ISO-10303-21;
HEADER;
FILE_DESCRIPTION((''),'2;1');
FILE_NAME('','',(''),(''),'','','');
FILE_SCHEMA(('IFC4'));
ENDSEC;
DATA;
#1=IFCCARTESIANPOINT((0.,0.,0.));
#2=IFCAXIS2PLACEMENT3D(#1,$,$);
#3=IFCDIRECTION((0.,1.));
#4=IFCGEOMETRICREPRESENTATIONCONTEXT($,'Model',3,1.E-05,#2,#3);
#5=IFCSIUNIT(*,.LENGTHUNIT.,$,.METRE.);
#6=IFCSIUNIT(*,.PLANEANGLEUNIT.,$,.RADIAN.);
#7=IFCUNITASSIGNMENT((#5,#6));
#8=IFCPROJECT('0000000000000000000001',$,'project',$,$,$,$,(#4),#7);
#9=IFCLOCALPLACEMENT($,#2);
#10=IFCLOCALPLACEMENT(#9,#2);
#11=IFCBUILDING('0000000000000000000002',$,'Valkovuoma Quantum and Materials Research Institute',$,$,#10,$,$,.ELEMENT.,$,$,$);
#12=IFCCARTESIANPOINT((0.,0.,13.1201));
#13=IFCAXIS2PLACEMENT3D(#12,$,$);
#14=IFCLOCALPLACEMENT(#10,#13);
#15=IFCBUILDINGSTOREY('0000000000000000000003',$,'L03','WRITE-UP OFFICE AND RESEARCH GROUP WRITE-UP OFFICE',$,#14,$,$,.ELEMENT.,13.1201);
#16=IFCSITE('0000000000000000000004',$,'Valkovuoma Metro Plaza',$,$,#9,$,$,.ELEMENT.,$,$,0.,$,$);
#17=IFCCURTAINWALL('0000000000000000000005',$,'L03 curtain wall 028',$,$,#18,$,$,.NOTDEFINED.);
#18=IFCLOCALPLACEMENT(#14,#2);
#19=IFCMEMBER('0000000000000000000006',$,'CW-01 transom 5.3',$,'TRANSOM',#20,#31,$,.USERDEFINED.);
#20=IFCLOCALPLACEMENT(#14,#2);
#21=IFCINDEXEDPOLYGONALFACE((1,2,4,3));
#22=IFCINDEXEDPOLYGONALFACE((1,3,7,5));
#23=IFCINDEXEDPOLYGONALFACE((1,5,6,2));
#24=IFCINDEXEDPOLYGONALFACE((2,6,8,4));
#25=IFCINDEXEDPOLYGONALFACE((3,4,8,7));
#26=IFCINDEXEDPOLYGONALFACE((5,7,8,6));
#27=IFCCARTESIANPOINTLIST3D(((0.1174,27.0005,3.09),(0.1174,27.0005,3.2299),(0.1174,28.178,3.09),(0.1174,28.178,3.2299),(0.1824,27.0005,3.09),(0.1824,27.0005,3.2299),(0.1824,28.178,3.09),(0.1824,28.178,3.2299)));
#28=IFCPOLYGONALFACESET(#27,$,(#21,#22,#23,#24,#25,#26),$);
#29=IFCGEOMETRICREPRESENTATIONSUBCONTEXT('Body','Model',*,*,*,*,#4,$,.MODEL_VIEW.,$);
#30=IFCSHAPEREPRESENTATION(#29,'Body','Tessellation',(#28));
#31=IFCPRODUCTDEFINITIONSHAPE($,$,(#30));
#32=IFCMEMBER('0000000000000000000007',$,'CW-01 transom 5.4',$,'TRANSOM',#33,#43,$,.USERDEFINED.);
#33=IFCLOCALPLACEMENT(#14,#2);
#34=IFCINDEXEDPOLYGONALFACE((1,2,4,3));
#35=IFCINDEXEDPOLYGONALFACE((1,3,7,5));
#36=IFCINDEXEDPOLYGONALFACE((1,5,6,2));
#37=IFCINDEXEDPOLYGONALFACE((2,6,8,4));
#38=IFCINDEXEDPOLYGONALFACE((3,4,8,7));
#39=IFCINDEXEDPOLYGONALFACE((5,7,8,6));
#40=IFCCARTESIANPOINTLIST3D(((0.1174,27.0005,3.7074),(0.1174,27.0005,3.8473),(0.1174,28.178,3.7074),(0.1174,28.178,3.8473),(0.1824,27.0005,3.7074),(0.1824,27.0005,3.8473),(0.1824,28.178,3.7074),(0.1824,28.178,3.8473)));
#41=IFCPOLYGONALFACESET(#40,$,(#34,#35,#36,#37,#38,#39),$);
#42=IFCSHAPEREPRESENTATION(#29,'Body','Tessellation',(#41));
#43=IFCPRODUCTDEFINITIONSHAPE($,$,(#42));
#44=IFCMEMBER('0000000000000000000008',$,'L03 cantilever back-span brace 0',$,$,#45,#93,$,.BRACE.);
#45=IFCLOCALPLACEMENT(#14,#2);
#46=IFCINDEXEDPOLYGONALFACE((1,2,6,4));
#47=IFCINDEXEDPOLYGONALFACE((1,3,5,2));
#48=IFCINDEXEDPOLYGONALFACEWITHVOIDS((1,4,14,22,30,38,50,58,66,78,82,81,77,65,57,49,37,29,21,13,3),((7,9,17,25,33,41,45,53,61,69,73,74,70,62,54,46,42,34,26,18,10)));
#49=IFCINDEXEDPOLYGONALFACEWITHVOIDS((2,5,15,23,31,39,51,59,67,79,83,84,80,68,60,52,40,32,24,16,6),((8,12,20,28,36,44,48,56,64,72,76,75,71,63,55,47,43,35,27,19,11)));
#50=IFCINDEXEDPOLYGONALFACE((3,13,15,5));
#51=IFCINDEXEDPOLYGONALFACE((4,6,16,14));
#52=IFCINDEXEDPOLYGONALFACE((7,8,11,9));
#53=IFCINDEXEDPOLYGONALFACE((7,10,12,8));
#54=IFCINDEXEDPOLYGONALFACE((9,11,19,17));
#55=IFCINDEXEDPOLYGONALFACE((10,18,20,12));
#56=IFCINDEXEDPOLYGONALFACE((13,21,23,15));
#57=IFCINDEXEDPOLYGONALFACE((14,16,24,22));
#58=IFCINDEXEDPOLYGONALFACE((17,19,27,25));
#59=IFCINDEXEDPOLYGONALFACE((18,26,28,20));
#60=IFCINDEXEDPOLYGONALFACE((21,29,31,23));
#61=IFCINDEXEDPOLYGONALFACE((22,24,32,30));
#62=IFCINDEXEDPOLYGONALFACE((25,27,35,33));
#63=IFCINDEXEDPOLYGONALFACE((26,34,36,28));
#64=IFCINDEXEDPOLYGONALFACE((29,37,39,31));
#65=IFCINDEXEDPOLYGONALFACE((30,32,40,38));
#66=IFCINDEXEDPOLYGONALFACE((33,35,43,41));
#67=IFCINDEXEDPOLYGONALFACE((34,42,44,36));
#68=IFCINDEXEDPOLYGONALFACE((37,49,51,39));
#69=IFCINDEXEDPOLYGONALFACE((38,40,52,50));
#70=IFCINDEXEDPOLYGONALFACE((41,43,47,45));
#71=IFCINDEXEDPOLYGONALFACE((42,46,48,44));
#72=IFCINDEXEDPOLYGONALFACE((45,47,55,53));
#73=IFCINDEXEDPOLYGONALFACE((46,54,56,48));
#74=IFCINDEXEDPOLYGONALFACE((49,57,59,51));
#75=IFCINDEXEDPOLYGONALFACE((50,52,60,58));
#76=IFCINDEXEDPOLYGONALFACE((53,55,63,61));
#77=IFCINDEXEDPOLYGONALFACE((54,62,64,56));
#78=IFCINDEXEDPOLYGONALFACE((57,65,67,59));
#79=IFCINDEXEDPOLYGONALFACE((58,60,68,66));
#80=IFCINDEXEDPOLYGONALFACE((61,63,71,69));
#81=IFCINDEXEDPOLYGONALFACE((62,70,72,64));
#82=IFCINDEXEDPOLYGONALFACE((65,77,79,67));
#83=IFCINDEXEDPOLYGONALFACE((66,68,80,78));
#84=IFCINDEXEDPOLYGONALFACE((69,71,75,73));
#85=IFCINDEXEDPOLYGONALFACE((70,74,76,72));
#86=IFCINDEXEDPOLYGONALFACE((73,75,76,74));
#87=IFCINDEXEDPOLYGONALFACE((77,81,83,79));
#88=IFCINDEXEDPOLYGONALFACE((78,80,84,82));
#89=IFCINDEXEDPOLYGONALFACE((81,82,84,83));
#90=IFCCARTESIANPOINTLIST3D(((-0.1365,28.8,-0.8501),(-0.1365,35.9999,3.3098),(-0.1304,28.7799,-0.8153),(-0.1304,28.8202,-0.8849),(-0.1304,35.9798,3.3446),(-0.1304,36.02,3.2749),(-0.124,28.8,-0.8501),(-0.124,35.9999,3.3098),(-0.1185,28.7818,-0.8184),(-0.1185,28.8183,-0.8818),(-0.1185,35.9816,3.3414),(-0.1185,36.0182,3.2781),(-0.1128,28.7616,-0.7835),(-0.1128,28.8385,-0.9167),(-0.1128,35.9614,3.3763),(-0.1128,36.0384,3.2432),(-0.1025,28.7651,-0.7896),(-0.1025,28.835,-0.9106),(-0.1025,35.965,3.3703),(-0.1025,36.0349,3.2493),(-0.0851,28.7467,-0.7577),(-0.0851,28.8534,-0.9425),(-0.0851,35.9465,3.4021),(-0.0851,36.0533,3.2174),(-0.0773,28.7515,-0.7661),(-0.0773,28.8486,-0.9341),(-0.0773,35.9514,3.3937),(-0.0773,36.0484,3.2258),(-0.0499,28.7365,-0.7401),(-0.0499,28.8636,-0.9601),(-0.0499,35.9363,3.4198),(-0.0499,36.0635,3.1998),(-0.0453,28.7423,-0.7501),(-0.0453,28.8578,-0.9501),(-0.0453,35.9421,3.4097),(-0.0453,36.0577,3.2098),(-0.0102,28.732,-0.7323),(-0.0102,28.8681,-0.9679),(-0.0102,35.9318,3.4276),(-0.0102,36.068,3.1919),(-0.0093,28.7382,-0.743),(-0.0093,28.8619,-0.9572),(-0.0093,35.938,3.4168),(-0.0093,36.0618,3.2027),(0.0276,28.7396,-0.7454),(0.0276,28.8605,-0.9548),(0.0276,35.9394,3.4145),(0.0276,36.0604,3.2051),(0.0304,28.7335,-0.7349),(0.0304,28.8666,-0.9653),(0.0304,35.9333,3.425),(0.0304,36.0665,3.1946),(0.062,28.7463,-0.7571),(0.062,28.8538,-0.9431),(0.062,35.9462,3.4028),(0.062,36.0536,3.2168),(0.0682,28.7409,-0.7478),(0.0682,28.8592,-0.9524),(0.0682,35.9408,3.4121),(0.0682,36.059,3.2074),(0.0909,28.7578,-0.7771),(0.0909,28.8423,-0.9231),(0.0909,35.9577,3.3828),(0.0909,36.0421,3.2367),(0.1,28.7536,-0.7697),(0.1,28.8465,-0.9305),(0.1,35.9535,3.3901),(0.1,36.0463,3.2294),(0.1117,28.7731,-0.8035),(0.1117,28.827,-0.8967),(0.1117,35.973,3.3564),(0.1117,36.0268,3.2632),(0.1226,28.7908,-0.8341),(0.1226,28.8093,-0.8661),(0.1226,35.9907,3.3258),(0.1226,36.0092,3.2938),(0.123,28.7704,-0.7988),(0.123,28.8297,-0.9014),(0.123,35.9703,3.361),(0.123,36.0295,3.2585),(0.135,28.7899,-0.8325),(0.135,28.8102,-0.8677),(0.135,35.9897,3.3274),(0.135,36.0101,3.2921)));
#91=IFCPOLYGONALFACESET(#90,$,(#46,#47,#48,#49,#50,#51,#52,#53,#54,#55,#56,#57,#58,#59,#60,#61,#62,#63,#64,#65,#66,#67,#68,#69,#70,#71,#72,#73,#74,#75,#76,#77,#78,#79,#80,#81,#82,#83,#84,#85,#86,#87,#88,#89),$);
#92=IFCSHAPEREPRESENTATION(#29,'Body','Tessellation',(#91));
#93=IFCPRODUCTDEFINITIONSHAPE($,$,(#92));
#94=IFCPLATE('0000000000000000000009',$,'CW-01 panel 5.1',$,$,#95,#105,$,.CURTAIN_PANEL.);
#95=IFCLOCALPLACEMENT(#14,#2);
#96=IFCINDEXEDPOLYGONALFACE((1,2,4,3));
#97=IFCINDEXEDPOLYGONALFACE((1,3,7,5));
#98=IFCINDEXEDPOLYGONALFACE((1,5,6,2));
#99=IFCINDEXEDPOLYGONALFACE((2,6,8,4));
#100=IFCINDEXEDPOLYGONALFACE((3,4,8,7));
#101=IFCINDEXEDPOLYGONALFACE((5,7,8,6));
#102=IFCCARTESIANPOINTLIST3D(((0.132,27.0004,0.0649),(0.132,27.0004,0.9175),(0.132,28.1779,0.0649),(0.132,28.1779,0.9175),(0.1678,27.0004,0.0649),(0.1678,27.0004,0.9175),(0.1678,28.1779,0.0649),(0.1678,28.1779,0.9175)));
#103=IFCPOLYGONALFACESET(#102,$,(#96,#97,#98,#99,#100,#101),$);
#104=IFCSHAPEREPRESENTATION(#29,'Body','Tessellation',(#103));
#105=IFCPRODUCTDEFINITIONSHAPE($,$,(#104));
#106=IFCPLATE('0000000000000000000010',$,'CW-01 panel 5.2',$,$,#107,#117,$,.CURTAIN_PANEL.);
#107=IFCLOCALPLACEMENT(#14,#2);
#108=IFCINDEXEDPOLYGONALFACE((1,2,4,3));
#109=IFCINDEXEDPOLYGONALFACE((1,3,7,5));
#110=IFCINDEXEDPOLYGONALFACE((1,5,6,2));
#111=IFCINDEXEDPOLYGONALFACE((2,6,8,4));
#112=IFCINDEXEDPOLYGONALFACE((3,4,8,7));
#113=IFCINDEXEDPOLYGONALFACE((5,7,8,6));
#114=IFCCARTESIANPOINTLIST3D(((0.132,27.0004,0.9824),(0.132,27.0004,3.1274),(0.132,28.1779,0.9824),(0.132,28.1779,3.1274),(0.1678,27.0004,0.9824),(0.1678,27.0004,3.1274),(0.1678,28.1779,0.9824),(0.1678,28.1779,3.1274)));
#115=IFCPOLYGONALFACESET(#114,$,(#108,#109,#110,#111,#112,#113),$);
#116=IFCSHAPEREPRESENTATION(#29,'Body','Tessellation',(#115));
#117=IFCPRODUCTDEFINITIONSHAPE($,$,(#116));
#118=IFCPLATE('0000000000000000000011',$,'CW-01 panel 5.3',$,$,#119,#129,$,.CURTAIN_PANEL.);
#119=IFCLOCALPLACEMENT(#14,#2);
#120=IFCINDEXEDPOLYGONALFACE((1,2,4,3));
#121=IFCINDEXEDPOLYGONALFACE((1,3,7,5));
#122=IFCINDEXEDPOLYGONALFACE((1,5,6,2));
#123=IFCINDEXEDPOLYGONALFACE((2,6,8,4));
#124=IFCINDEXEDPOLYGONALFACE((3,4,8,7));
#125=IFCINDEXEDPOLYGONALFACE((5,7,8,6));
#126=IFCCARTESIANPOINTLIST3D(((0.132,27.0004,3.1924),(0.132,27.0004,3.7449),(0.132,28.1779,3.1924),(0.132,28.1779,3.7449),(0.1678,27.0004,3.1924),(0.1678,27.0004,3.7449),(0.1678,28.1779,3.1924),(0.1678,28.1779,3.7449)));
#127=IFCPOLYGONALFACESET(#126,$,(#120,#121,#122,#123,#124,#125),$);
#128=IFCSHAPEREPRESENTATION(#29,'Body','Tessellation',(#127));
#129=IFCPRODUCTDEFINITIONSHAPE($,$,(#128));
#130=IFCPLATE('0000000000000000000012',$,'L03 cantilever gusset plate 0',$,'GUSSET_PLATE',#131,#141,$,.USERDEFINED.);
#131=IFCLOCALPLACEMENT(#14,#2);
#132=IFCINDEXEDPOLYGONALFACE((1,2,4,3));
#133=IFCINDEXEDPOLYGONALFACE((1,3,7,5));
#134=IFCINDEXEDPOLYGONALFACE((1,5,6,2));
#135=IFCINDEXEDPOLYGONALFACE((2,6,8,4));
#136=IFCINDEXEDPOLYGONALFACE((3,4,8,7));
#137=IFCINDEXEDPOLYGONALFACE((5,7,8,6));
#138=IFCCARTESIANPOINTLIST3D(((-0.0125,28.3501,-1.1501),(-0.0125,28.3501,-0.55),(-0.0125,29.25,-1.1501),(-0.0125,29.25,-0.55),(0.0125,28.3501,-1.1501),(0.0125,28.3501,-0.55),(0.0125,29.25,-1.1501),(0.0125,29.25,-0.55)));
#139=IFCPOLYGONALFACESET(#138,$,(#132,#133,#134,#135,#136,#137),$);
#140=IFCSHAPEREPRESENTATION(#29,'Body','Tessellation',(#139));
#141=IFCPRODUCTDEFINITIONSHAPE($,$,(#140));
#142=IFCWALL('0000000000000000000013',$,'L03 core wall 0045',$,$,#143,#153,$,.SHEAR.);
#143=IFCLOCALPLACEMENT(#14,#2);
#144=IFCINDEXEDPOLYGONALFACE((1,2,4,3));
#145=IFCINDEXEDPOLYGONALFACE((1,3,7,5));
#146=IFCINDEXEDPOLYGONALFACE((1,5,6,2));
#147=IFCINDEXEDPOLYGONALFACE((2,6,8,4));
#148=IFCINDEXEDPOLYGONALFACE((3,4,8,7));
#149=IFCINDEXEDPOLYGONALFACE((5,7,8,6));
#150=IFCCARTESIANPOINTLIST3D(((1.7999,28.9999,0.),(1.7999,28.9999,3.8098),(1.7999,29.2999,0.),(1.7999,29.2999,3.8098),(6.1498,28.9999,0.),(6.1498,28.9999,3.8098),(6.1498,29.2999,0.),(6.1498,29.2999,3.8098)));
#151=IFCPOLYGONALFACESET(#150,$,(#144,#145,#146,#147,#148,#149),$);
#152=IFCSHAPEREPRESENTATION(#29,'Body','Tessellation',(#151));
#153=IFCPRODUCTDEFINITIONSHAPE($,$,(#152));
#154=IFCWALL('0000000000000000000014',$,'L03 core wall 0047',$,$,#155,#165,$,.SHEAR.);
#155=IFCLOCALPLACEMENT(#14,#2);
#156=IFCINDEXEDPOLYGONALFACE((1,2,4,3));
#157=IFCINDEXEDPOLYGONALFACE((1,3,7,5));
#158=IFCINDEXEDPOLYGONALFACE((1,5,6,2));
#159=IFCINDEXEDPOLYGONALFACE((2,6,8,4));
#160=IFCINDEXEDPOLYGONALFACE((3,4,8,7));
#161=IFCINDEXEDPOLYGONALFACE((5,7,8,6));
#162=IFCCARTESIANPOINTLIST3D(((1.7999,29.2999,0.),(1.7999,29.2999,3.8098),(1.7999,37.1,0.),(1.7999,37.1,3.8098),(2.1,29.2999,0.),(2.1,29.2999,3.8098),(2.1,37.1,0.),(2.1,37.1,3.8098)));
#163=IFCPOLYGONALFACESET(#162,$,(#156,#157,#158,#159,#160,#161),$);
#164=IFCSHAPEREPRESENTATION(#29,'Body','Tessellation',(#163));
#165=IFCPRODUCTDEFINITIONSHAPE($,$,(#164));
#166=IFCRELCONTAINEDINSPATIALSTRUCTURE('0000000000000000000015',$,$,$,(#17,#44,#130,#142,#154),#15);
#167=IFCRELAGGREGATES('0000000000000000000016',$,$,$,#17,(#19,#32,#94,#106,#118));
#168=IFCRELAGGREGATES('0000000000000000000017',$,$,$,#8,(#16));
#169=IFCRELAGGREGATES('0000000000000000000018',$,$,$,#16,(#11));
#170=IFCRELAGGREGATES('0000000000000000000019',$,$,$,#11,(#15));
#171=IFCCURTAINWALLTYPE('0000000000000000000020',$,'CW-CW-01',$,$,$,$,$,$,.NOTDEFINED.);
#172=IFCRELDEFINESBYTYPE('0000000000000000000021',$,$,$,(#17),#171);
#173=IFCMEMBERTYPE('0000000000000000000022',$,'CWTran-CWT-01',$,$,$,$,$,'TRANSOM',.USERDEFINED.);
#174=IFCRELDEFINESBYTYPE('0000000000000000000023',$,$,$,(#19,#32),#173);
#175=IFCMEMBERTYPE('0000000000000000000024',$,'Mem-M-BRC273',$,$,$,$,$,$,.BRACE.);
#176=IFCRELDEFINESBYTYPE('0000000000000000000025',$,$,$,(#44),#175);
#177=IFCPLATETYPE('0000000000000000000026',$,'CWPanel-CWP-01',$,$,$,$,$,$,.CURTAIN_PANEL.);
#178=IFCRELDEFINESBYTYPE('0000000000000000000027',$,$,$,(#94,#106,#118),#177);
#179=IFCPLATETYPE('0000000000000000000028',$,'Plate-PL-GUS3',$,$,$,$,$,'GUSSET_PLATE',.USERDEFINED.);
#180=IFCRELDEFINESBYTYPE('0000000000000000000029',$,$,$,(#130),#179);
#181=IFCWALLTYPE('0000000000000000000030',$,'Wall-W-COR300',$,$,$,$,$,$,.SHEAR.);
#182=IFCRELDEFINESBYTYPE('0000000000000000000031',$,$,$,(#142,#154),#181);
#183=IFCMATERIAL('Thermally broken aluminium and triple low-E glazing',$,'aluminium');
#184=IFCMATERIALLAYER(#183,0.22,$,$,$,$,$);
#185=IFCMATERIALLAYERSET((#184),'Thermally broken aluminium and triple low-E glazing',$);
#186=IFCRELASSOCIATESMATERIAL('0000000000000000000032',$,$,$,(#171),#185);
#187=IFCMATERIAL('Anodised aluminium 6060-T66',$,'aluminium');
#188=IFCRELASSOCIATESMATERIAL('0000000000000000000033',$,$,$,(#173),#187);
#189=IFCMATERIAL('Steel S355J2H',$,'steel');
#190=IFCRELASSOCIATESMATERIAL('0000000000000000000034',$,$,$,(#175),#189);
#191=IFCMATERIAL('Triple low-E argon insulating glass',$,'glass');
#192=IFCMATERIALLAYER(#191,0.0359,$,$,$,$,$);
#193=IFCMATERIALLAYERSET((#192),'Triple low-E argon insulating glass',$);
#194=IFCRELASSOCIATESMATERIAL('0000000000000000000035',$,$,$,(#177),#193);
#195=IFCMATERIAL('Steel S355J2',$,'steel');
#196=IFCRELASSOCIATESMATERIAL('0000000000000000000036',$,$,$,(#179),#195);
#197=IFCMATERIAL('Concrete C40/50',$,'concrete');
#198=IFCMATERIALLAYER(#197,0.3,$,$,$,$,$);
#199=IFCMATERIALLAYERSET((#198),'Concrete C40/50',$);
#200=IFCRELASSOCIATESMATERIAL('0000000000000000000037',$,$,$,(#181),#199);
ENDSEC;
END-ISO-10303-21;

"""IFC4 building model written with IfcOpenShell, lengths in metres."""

from ifc_helpers import new_model, si_unit, direction, frame, frame_2d, origin, origin_2d, place, context, subcontext, project, spatial, rectangle, hollow_circle, extrude, material, layer, layer_set, material_profile, profile_set, type_object, element, aggregate, save


model = new_model("IFC4")

# Units and contexts
model_context = context("Model", 3, precision=1e-05, world=origin(), true_north=direction((0.0, 1.0)))
body_context = subcontext(model_context, "Body", "Model", "MODEL_VIEW")
ifc_project = project(units=[si_unit("LENGTHUNIT", "METRE"), si_unit("PLANEANGLEUNIT", "RADIAN")], contexts=[model_context])

# Site, building, storey
site_placement = place(None, origin())
site = spatial("IfcSite", under=ifc_project, at=site_placement, Name="Valkovuoma Metro Plaza", CompositionType="ELEMENT", RefElevation=0.0)
building_placement = place(site_placement, origin())
building = spatial("IfcBuilding", under=site, at=building_placement, Name="Valkovuoma Quantum and Materials Research Institute", CompositionType="ELEMENT")
storey_placement = place(building_placement, frame((0.0, 0.0, 13.1201)))
storey = spatial("IfcBuildingStorey", under=building, at=storey_placement, Name="L03", Description="WRITE-UP OFFICE AND RESEARCH GROUP WRITE-UP OFFICE", CompositionType="ELEMENT", Elevation=13.1201)

# Curtain wall, members
ifc_material_1 = material(Name="Thermally broken aluminium and triple low-E glazing", Category="aluminium")
ifc_layer_1 = layer(ifc_material_1, 0.22)
ifc_layer_set_1 = layer_set([ifc_layer_1], Name="Thermally broken aluminium and triple low-E glazing")
curtain_wall_type = type_object("IfcCurtainWallType", Name="CW-CW-01", PredefinedType="NOTDEFINED", material=ifc_layer_set_1)
curtain_wall_placement = place(storey_placement, origin())
curtain_wall = element("IfcCurtainWall", 1, at=curtain_wall_placement, inside=storey, type_object=curtain_wall_type, Name="L03 curtain wall 028", PredefinedType="NOTDEFINED")
ifc_material_2 = material(Name="Anodised aluminium 6060-T66", Category="aluminium")
ifc_material_profile_1 = material_profile(ifc_material_2, rectangle(XDim=0.0649, YDim=0.1399, at=origin_2d()), Name="Anodised aluminium 6060-T66")
ifc_profile_set_1 = profile_set([ifc_material_profile_1], Name="Anodised aluminium 6060-T66")
member_type_1 = type_object("IfcMemberType", Name="CWTran-CWT-01", ElementType="TRANSOM", PredefinedType="USERDEFINED", material=ifc_profile_set_1)
member_1_placement = place(storey_placement, frame((0.1499, 27.0005, 3.1599), z_axis=(0.0, 1.0, 0.0), x_axis=(-1.0, 0.0, 0.0)))
member_1 = element("IfcMember", 2, at=member_1_placement, type_object=member_type_1, Name="CW-01 transom 5.3", ObjectType="TRANSOM", PredefinedType="USERDEFINED", context=body_context, shape_type="SweptSolid", body=[
    extrude(rectangle(XDim=0.0649, YDim=0.1399, at=origin_2d()), origin(), (0.0, 0.0, 1.0), 1.1775),
])
member_2_placement = place(storey_placement, frame((0.1499, 27.0005, 3.7773), z_axis=(0.0, 1.0, 0.0), x_axis=(-1.0, 0.0, 0.0)))
member_2 = element("IfcMember", 3, at=member_2_placement, type_object=member_type_1, Name="CW-01 transom 5.4", ObjectType="TRANSOM", PredefinedType="USERDEFINED", context=body_context, shape_type="SweptSolid", body=[
    extrude(rectangle(XDim=0.0649, YDim=0.1399, at=origin_2d()), origin(), (0.0, 0.0, 1.0), 1.1775),
])

# Member
ifc_material_3 = material(Name="Steel S355J2H", Category="steel")
ifc_material_profile_2 = material_profile(ifc_material_3, hollow_circle(Radius=0.1365, WallThickness=0.0125, at=origin_2d()), Name="Steel S355J2H")
ifc_profile_set_2 = profile_set([ifc_material_profile_2], Name="Steel S355J2H")
member_type_2 = type_object("IfcMemberType", Name="Mem-M-BRC273", PredefinedType="BRACE", material=ifc_profile_set_2)
member_3_placement = place(storey_placement, frame((0.0, 28.8, -0.8501), z_axis=(0.0, 0.865868, 0.500272), x_axis=(-1.0, 0.0, 0.0)))
element("IfcMember", 4, at=member_3_placement, inside=storey, type_object=member_type_2, Name="L03 cantilever back-span brace 0", PredefinedType="BRACE", context=body_context, shape_type="SweptSolid", body=[
    extrude(hollow_circle(Radius=0.1365, WallThickness=0.0125, at=origin_2d()), origin(), (0.0, 0.0, 1.0), 8.3152),
])

# Plates
ifc_material_4 = material(Name="Triple low-E argon insulating glass", Category="glass")
ifc_layer_2 = layer(ifc_material_4, 0.0359)
ifc_layer_set_2 = layer_set([ifc_layer_2], Name="Triple low-E argon insulating glass")
plate_type_1 = type_object("IfcPlateType", Name="CWPanel-CWP-01", PredefinedType="CURTAIN_PANEL", material=ifc_layer_set_2)
plate_1_placement = place(storey_placement, frame((0.1499, 27.5891, 0.0649), z_axis=(0.0, 0.0, 1.0), x_axis=(0.0, 1.0, 0.0)))
plate_1 = element("IfcPlate", 5, at=plate_1_placement, type_object=plate_type_1, Name="CW-01 panel 5.1", PredefinedType="CURTAIN_PANEL", context=body_context, shape_type="SweptSolid", body=[
    extrude(rectangle(XDim=1.1775, YDim=0.0359, at=origin_2d()), origin(), (0.0, 0.0, 1.0), 0.8525),
])
plate_2_placement = place(storey_placement, frame((0.1499, 27.5891, 0.9824), z_axis=(0.0, 0.0, 1.0), x_axis=(0.0, 1.0, 0.0)))
plate_2 = element("IfcPlate", 6, at=plate_2_placement, type_object=plate_type_1, Name="CW-01 panel 5.2", PredefinedType="CURTAIN_PANEL", context=body_context, shape_type="SweptSolid", body=[
    extrude(rectangle(XDim=1.1775, YDim=0.0359, at=origin_2d()), origin(), (0.0, 0.0, 1.0), 2.145),
])
plate_3_placement = place(storey_placement, frame((0.1499, 27.5891, 3.1924), z_axis=(0.0, 0.0, 1.0), x_axis=(0.0, 1.0, 0.0)))
plate_3 = element("IfcPlate", 7, at=plate_3_placement, type_object=plate_type_1, Name="CW-01 panel 5.3", PredefinedType="CURTAIN_PANEL", context=body_context, shape_type="SweptSolid", body=[
    extrude(rectangle(XDim=1.1775, YDim=0.0359, at=origin_2d()), origin(), (0.0, 0.0, 1.0), 0.5525),
])
aggregate(curtain_wall, [member_1, member_2, plate_1, plate_2, plate_3])
ifc_material_5 = material(Name="Steel S355J2", Category="steel")
plate_type_2 = type_object("IfcPlateType", Name="Plate-PL-GUS3", ElementType="GUSSET_PLATE", PredefinedType="USERDEFINED", material=ifc_material_5)
plate_4_placement = place(storey_placement, frame((0.0, 28.8, -1.1501), z_axis=(0.0, 0.0, 1.0), x_axis=(0.0, 1.0, 0.0)))
element("IfcPlate", 8, at=plate_4_placement, inside=storey, type_object=plate_type_2, Name="L03 cantilever gusset plate 0", ObjectType="GUSSET_PLATE", PredefinedType="USERDEFINED", context=body_context, shape_type="SweptSolid", body=[
    extrude(rectangle(XDim=0.8999, YDim=0.0249, at=origin_2d()), origin(), (0.0, 0.0, 1.0), 0.6001),
])

# Walls
ifc_material_6 = material(Name="Concrete C40/50", Category="concrete")
ifc_layer_3 = layer(ifc_material_6, 0.3)
ifc_layer_set_3 = layer_set([ifc_layer_3], Name="Concrete C40/50")
wall_type_1 = type_object("IfcWallType", Name="Wall-W-COR300", PredefinedType="SHEAR", material=ifc_layer_set_3)
wall_1_placement = place(storey_placement, frame((1.8, 29.1499, 0.0), z_axis=(0.0, 0.0, 1.0), x_axis=(1.0, 0.0, 0.0)))
element("IfcWall", 9, at=wall_1_placement, inside=storey, type_object=wall_type_1, Name="L03 core wall 0045", PredefinedType="SHEAR", context=body_context, shape_type="SweptSolid", body=[
    extrude(rectangle(XDim=4.3499, YDim=0.3, at=frame_2d((2.1748, 0.0))), origin(), (0.0, 0.0, 1.0), 3.8098),
])
wall_2_placement = place(storey_placement, frame((1.95, 29.3, 0.0), z_axis=(0.0, 0.0, 1.0), x_axis=(0.0, 1.0, 0.0)))
element("IfcWall", 10, at=wall_2_placement, inside=storey, type_object=wall_type_1, Name="L03 core wall 0047", PredefinedType="SHEAR", context=body_context, shape_type="SweptSolid", body=[
    extrude(rectangle(XDim=7.8, YDim=0.3, at=frame_2d((3.8999, 0.0))), origin(), (0.0, 0.0, 1.0), 3.8098),
])

save(model, "model.ifc")
